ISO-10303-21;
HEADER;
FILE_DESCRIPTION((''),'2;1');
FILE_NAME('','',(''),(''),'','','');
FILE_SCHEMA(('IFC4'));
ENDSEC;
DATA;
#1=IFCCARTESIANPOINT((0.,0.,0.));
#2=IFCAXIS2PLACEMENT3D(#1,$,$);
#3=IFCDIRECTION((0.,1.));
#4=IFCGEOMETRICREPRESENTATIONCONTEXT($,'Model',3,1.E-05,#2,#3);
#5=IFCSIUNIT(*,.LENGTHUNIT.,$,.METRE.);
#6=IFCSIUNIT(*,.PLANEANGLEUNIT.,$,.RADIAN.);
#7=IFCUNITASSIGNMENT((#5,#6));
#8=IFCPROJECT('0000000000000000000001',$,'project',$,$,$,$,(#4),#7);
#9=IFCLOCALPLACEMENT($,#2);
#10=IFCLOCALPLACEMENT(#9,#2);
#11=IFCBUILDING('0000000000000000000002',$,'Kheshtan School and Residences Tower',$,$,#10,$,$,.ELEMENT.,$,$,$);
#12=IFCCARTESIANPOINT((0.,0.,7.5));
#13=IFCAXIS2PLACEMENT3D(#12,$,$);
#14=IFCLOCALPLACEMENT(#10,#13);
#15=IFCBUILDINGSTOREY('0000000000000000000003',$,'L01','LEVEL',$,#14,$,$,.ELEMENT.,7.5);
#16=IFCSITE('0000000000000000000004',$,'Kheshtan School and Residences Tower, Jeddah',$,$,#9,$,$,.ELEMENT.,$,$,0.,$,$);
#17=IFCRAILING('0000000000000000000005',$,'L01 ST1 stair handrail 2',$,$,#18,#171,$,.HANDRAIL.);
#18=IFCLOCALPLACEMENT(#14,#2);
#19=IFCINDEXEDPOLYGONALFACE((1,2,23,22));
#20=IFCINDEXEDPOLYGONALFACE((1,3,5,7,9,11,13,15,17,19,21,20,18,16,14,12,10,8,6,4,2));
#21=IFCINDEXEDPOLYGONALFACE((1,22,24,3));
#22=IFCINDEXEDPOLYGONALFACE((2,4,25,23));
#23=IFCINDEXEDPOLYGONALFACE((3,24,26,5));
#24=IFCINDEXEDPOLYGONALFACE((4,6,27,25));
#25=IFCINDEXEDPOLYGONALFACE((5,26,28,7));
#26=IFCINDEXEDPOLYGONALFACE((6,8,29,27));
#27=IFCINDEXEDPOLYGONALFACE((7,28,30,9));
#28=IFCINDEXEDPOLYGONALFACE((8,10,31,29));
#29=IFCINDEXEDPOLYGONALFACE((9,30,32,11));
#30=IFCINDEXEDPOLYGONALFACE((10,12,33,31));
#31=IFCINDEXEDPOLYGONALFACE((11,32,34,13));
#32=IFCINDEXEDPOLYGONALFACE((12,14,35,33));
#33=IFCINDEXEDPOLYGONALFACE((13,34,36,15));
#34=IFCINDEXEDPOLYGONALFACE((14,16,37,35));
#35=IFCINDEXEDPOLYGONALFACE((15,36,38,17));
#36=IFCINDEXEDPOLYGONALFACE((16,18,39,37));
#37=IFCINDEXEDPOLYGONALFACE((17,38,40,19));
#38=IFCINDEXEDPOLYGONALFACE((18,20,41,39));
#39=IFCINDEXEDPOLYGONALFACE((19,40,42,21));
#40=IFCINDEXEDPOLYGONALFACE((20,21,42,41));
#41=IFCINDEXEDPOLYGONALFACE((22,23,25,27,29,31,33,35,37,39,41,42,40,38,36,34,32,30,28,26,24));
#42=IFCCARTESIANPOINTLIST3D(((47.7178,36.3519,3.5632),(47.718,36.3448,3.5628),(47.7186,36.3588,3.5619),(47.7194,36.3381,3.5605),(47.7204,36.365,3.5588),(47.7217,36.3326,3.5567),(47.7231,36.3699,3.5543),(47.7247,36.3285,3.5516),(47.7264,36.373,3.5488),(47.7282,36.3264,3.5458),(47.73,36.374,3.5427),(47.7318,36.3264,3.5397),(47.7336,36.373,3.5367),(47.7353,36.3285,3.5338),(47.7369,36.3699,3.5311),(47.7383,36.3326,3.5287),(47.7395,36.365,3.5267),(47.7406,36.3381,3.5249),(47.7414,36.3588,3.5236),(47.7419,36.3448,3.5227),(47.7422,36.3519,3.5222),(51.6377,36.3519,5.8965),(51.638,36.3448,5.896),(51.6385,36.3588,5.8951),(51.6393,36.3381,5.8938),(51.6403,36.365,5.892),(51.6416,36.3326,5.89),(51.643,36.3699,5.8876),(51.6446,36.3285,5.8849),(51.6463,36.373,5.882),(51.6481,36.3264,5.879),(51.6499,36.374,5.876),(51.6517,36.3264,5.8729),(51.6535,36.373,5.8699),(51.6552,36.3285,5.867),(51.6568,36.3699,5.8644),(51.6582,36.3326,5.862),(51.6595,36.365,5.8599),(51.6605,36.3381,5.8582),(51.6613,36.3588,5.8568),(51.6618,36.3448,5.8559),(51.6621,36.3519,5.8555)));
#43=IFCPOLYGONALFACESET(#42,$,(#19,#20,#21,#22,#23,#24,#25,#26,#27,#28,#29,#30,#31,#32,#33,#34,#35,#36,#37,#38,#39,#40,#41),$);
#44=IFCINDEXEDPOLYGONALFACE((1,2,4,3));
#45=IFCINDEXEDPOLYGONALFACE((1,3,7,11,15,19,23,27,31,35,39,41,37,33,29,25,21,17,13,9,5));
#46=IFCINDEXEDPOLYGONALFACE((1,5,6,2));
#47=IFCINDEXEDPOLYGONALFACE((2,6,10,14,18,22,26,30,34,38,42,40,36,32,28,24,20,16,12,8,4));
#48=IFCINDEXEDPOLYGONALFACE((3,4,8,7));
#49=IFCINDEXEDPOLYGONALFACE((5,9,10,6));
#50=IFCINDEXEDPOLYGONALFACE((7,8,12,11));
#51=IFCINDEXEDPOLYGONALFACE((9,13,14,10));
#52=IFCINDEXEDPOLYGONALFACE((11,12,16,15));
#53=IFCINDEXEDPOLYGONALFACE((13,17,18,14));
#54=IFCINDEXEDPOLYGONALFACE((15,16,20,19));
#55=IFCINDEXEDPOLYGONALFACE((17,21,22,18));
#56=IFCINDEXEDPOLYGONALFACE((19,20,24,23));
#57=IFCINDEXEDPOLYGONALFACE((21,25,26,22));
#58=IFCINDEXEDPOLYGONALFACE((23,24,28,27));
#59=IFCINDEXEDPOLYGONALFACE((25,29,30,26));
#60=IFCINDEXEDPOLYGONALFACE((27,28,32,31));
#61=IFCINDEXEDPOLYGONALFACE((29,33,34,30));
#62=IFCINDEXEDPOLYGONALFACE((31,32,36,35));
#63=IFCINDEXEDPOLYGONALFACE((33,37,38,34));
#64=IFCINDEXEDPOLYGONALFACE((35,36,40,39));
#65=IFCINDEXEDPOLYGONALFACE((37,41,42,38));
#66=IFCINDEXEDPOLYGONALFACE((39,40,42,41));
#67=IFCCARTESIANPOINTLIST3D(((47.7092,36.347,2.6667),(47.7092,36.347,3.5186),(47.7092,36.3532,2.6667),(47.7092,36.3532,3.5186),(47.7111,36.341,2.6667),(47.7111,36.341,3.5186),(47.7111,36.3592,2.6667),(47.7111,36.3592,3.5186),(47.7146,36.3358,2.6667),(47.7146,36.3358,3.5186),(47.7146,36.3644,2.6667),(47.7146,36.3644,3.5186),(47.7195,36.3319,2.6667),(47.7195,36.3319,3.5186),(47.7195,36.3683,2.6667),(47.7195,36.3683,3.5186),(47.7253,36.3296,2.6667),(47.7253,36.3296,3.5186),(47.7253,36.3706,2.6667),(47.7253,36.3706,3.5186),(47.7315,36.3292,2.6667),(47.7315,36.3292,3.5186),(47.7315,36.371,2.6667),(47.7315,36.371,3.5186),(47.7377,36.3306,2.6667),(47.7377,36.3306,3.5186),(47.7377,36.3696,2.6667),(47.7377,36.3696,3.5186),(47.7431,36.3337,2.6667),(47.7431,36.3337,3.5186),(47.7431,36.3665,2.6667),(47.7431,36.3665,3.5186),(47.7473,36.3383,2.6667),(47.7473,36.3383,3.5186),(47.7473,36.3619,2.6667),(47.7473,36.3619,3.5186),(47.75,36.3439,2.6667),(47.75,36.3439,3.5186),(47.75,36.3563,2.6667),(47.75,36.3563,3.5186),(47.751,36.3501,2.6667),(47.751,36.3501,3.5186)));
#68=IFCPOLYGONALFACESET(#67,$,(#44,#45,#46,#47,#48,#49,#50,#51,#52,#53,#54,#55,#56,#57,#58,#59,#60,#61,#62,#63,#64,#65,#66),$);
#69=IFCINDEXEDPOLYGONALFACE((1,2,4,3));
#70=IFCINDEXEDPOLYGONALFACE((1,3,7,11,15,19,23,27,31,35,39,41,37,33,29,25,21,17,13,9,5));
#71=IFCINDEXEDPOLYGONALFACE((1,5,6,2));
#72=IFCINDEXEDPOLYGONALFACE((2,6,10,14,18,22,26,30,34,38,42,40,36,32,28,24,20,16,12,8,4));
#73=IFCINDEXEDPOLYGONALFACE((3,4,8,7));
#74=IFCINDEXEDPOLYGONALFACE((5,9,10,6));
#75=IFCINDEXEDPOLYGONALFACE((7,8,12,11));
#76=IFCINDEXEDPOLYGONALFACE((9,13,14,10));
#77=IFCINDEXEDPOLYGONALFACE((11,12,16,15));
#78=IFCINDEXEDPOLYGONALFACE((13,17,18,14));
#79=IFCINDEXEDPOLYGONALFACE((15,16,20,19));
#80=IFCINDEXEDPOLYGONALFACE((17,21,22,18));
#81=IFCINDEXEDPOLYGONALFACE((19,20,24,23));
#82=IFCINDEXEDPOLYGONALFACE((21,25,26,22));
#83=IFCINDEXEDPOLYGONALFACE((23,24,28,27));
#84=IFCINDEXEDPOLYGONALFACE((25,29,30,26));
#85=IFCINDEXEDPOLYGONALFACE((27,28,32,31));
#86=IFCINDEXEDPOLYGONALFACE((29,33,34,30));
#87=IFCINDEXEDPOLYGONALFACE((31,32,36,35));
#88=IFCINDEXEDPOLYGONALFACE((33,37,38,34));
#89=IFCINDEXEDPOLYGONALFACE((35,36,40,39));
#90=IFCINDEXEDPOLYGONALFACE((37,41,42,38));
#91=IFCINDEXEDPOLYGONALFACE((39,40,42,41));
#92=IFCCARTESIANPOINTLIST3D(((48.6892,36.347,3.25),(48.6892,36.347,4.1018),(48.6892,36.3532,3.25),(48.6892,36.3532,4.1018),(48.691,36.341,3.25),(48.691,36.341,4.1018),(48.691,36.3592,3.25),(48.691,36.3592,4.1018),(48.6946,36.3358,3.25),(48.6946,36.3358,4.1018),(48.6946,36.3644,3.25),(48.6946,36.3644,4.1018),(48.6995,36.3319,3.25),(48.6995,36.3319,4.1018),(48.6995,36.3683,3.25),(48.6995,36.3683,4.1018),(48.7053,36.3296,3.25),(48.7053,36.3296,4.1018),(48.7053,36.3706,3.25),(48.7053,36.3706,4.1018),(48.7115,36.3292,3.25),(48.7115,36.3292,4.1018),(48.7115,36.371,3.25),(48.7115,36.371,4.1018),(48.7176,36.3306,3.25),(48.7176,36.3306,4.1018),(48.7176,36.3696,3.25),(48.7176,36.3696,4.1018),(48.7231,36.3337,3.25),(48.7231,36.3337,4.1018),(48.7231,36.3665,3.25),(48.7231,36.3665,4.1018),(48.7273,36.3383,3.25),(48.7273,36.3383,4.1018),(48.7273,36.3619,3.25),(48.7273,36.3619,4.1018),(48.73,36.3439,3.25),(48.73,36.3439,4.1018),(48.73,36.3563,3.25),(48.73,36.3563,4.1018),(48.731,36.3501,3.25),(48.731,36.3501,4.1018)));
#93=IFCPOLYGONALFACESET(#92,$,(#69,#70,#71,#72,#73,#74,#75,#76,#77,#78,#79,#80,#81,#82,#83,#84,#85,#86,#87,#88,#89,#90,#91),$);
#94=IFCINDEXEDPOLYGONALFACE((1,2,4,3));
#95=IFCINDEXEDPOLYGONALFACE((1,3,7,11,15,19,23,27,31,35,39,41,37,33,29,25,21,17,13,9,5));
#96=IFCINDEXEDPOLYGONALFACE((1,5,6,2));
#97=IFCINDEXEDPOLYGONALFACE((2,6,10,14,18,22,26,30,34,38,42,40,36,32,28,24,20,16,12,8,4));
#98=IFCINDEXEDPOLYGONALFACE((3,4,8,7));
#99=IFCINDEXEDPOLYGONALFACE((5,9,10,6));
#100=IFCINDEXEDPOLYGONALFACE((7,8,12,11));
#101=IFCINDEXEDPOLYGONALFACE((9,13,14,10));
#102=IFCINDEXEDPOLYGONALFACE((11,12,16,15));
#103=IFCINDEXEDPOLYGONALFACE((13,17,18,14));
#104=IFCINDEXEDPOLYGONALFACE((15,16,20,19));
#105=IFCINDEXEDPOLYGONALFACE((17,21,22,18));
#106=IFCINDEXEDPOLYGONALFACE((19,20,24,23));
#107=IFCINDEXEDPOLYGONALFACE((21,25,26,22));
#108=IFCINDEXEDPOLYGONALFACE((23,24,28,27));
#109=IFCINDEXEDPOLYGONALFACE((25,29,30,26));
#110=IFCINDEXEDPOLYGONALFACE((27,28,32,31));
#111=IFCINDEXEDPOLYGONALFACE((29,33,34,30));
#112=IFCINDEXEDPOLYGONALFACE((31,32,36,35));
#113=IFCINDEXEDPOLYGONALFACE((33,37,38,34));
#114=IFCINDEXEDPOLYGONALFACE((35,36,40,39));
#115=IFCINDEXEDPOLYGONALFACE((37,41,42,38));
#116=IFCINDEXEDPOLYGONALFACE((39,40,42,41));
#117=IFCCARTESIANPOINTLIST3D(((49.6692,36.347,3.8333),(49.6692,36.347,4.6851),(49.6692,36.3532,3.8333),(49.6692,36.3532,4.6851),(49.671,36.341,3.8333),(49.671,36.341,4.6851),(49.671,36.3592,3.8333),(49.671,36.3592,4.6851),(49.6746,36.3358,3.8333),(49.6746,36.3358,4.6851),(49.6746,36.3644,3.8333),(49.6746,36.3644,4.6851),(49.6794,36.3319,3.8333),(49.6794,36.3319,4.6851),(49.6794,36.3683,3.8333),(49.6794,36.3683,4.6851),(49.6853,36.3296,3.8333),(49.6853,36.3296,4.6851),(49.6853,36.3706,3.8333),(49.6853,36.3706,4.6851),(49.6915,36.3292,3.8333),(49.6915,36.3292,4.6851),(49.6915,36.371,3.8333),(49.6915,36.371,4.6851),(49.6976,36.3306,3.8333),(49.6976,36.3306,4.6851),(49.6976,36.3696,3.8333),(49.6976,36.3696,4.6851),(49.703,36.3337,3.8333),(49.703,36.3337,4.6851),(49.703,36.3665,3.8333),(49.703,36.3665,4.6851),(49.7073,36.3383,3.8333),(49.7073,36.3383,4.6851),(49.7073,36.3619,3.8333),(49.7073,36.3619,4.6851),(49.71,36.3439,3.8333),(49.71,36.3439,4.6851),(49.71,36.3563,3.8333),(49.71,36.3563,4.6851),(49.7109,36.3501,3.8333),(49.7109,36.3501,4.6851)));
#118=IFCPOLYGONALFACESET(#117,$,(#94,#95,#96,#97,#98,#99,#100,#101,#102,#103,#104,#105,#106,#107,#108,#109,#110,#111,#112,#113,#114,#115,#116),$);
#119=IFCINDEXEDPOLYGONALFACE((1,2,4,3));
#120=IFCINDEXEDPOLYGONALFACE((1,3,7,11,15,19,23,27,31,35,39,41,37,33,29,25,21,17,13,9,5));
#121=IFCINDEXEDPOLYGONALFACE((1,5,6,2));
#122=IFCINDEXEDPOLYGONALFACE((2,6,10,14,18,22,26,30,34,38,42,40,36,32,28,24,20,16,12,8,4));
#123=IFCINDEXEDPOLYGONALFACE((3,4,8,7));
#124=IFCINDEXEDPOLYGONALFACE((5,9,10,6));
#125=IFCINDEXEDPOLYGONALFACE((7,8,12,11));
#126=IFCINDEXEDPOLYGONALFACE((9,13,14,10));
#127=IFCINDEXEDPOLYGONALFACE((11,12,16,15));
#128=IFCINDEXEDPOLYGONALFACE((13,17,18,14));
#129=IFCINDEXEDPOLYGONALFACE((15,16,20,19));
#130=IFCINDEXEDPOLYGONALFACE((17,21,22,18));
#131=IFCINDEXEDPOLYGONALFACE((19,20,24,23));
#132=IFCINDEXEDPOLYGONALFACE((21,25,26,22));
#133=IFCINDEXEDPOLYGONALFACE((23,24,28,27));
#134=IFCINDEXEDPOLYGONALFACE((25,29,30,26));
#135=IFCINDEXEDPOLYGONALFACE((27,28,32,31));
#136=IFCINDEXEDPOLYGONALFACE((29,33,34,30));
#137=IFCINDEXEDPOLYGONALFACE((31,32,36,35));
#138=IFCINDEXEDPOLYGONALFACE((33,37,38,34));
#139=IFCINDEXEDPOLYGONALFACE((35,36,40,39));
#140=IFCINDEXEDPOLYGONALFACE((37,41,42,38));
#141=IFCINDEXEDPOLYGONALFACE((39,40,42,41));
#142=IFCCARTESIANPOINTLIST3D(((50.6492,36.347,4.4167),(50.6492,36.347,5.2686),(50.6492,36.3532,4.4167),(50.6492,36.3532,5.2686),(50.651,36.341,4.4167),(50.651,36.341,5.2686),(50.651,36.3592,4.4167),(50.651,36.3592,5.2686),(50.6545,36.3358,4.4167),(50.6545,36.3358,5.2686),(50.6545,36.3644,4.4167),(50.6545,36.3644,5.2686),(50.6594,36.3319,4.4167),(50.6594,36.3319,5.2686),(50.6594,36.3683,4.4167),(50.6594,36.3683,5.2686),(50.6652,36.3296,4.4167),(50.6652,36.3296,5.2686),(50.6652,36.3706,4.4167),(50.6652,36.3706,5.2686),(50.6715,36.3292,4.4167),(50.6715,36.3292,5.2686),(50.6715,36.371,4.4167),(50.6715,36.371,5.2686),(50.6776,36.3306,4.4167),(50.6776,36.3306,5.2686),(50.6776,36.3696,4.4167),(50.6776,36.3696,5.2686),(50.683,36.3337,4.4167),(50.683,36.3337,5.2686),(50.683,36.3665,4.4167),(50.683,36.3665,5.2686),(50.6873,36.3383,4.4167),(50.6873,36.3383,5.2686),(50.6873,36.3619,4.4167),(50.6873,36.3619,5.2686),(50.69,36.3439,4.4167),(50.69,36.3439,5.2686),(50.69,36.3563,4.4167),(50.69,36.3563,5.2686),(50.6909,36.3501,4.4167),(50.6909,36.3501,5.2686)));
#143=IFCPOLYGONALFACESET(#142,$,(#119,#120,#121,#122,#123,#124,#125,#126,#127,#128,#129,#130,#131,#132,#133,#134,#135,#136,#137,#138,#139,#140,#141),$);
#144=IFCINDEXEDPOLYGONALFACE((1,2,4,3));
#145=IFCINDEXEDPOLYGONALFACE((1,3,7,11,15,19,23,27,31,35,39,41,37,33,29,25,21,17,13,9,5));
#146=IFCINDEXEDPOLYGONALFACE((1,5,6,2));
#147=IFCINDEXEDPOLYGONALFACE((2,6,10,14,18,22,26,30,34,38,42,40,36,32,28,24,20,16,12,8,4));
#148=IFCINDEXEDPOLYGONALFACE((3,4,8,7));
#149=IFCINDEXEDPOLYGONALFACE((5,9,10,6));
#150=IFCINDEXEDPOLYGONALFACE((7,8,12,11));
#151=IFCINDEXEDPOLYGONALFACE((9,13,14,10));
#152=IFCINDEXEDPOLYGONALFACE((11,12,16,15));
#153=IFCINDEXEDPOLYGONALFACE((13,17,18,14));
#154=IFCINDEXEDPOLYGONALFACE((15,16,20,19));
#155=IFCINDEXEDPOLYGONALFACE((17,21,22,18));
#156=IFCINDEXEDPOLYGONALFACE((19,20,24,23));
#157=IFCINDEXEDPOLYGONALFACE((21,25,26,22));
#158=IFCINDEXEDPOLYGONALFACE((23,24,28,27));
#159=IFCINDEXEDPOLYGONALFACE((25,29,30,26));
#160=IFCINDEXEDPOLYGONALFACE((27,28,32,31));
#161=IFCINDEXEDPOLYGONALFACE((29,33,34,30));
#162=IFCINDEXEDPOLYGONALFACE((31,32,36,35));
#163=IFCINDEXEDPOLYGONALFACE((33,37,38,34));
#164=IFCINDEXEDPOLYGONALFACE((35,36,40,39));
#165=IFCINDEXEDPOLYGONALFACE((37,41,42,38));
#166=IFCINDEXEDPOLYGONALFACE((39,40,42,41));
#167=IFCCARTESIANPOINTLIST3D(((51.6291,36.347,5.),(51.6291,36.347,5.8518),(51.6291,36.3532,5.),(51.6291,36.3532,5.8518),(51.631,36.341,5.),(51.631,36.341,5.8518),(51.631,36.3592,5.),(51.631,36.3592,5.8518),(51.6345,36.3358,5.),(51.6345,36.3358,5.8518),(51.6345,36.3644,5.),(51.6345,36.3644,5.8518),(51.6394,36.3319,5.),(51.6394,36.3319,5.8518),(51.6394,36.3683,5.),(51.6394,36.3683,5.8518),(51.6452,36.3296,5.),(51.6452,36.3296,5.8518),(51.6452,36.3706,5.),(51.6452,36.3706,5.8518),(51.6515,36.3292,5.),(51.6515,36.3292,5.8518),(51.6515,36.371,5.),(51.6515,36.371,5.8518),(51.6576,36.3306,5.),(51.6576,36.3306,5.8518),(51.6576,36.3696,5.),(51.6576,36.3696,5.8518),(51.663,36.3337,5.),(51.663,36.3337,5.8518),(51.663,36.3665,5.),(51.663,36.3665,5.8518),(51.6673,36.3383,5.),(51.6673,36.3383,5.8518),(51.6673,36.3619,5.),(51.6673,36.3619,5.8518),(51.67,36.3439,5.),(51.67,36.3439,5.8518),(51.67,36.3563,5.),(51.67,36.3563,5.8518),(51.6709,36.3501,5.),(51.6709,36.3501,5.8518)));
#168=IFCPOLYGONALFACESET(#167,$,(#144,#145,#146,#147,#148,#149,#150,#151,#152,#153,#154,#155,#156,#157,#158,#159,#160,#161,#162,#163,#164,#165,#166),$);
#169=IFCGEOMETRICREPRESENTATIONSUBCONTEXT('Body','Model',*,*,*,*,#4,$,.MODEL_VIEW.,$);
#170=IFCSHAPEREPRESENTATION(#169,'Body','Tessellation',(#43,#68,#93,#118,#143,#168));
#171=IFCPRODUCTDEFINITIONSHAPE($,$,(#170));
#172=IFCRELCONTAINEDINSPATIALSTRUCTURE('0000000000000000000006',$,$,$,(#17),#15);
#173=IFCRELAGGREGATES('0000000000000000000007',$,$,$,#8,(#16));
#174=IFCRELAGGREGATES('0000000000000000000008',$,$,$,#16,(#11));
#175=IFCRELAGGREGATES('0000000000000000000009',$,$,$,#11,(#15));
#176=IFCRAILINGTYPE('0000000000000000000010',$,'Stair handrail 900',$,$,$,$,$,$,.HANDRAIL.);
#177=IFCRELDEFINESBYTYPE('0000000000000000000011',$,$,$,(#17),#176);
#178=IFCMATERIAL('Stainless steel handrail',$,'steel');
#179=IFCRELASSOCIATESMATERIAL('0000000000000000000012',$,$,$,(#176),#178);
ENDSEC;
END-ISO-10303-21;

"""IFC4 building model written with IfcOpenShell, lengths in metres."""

from ifc_helpers import new_model, si_unit, direction, frame, origin, origin_2d, place, context, subcontext, project, spatial, circle, extrude, material, type_object, element, save


model = new_model("IFC4")

# Units and contexts
model_context = context("Model", 3, precision=1e-05, world=origin(), true_north=direction((0.0, 1.0)))
body_context = subcontext(model_context, "Body", "Model", "MODEL_VIEW")
ifc_project = project(units=[si_unit("LENGTHUNIT", "METRE"), si_unit("PLANEANGLEUNIT", "RADIAN")], contexts=[model_context])

# Site, building, storey
site_placement = place(None, origin())
site = spatial("IfcSite", under=ifc_project, at=site_placement, Name="Kheshtan School and Residences Tower, Jeddah", CompositionType="ELEMENT", RefElevation=0.0)
building_placement = place(site_placement, origin())
building = spatial("IfcBuilding", under=site, at=building_placement, Name="Kheshtan School and Residences Tower", CompositionType="ELEMENT")
storey_placement = place(building_placement, frame((0.0, 0.0, 7.5)))
storey = spatial("IfcBuildingStorey", under=building, at=storey_placement, Name="L01", Description="LEVEL", CompositionType="ELEMENT", Elevation=7.5)

# Railing
ifc_material_1 = material(Name="Stainless steel handrail", Category="steel")
railing_type_1 = type_object("IfcRailingType", Name="Stair handrail 900", PredefinedType="HANDRAIL", material=ifc_material_1)
railing_1_placement = place(storey_placement, frame((47.73, 36.3501, 2.6667)))
element("IfcRailing", 1, at=railing_1_placement, inside=storey, type_object=railing_type_1, Name="L01 ST1 stair handrail 2", PredefinedType="HANDRAIL", context=body_context, shape_type="SweptSolid", body=[
    extrude(circle(Radius=0.0239, at=origin_2d()), frame((0.0, 0.0, 0.876), z_axis=(0.859296, 0.0, 0.511478), x_axis=(0.0, 1.0, 0.0)), (0.0, 0.0, 1.0), 4.5618),
    extrude(circle(Radius=0.021, at=origin_2d()), origin(), (0.0, 0.0, 1.0), 0.8518),
    extrude(circle(Radius=0.021, at=origin_2d()), frame((0.98, 0.0, 0.5833)), (0.0, 0.0, 1.0), 0.8518),
    extrude(circle(Radius=0.021, at=origin_2d()), frame((1.96, 0.0, 1.1665)), (0.0, 0.0, 1.0), 0.8518),
    extrude(circle(Radius=0.021, at=origin_2d()), frame((2.9399, 0.0, 1.75)), (0.0, 0.0, 1.0), 0.8518),
    extrude(circle(Radius=0.021, at=origin_2d()), frame((3.9199, 0.0, 2.3333)), (0.0, 0.0, 1.0), 0.8518),
])

save(model, "model.ifc")
